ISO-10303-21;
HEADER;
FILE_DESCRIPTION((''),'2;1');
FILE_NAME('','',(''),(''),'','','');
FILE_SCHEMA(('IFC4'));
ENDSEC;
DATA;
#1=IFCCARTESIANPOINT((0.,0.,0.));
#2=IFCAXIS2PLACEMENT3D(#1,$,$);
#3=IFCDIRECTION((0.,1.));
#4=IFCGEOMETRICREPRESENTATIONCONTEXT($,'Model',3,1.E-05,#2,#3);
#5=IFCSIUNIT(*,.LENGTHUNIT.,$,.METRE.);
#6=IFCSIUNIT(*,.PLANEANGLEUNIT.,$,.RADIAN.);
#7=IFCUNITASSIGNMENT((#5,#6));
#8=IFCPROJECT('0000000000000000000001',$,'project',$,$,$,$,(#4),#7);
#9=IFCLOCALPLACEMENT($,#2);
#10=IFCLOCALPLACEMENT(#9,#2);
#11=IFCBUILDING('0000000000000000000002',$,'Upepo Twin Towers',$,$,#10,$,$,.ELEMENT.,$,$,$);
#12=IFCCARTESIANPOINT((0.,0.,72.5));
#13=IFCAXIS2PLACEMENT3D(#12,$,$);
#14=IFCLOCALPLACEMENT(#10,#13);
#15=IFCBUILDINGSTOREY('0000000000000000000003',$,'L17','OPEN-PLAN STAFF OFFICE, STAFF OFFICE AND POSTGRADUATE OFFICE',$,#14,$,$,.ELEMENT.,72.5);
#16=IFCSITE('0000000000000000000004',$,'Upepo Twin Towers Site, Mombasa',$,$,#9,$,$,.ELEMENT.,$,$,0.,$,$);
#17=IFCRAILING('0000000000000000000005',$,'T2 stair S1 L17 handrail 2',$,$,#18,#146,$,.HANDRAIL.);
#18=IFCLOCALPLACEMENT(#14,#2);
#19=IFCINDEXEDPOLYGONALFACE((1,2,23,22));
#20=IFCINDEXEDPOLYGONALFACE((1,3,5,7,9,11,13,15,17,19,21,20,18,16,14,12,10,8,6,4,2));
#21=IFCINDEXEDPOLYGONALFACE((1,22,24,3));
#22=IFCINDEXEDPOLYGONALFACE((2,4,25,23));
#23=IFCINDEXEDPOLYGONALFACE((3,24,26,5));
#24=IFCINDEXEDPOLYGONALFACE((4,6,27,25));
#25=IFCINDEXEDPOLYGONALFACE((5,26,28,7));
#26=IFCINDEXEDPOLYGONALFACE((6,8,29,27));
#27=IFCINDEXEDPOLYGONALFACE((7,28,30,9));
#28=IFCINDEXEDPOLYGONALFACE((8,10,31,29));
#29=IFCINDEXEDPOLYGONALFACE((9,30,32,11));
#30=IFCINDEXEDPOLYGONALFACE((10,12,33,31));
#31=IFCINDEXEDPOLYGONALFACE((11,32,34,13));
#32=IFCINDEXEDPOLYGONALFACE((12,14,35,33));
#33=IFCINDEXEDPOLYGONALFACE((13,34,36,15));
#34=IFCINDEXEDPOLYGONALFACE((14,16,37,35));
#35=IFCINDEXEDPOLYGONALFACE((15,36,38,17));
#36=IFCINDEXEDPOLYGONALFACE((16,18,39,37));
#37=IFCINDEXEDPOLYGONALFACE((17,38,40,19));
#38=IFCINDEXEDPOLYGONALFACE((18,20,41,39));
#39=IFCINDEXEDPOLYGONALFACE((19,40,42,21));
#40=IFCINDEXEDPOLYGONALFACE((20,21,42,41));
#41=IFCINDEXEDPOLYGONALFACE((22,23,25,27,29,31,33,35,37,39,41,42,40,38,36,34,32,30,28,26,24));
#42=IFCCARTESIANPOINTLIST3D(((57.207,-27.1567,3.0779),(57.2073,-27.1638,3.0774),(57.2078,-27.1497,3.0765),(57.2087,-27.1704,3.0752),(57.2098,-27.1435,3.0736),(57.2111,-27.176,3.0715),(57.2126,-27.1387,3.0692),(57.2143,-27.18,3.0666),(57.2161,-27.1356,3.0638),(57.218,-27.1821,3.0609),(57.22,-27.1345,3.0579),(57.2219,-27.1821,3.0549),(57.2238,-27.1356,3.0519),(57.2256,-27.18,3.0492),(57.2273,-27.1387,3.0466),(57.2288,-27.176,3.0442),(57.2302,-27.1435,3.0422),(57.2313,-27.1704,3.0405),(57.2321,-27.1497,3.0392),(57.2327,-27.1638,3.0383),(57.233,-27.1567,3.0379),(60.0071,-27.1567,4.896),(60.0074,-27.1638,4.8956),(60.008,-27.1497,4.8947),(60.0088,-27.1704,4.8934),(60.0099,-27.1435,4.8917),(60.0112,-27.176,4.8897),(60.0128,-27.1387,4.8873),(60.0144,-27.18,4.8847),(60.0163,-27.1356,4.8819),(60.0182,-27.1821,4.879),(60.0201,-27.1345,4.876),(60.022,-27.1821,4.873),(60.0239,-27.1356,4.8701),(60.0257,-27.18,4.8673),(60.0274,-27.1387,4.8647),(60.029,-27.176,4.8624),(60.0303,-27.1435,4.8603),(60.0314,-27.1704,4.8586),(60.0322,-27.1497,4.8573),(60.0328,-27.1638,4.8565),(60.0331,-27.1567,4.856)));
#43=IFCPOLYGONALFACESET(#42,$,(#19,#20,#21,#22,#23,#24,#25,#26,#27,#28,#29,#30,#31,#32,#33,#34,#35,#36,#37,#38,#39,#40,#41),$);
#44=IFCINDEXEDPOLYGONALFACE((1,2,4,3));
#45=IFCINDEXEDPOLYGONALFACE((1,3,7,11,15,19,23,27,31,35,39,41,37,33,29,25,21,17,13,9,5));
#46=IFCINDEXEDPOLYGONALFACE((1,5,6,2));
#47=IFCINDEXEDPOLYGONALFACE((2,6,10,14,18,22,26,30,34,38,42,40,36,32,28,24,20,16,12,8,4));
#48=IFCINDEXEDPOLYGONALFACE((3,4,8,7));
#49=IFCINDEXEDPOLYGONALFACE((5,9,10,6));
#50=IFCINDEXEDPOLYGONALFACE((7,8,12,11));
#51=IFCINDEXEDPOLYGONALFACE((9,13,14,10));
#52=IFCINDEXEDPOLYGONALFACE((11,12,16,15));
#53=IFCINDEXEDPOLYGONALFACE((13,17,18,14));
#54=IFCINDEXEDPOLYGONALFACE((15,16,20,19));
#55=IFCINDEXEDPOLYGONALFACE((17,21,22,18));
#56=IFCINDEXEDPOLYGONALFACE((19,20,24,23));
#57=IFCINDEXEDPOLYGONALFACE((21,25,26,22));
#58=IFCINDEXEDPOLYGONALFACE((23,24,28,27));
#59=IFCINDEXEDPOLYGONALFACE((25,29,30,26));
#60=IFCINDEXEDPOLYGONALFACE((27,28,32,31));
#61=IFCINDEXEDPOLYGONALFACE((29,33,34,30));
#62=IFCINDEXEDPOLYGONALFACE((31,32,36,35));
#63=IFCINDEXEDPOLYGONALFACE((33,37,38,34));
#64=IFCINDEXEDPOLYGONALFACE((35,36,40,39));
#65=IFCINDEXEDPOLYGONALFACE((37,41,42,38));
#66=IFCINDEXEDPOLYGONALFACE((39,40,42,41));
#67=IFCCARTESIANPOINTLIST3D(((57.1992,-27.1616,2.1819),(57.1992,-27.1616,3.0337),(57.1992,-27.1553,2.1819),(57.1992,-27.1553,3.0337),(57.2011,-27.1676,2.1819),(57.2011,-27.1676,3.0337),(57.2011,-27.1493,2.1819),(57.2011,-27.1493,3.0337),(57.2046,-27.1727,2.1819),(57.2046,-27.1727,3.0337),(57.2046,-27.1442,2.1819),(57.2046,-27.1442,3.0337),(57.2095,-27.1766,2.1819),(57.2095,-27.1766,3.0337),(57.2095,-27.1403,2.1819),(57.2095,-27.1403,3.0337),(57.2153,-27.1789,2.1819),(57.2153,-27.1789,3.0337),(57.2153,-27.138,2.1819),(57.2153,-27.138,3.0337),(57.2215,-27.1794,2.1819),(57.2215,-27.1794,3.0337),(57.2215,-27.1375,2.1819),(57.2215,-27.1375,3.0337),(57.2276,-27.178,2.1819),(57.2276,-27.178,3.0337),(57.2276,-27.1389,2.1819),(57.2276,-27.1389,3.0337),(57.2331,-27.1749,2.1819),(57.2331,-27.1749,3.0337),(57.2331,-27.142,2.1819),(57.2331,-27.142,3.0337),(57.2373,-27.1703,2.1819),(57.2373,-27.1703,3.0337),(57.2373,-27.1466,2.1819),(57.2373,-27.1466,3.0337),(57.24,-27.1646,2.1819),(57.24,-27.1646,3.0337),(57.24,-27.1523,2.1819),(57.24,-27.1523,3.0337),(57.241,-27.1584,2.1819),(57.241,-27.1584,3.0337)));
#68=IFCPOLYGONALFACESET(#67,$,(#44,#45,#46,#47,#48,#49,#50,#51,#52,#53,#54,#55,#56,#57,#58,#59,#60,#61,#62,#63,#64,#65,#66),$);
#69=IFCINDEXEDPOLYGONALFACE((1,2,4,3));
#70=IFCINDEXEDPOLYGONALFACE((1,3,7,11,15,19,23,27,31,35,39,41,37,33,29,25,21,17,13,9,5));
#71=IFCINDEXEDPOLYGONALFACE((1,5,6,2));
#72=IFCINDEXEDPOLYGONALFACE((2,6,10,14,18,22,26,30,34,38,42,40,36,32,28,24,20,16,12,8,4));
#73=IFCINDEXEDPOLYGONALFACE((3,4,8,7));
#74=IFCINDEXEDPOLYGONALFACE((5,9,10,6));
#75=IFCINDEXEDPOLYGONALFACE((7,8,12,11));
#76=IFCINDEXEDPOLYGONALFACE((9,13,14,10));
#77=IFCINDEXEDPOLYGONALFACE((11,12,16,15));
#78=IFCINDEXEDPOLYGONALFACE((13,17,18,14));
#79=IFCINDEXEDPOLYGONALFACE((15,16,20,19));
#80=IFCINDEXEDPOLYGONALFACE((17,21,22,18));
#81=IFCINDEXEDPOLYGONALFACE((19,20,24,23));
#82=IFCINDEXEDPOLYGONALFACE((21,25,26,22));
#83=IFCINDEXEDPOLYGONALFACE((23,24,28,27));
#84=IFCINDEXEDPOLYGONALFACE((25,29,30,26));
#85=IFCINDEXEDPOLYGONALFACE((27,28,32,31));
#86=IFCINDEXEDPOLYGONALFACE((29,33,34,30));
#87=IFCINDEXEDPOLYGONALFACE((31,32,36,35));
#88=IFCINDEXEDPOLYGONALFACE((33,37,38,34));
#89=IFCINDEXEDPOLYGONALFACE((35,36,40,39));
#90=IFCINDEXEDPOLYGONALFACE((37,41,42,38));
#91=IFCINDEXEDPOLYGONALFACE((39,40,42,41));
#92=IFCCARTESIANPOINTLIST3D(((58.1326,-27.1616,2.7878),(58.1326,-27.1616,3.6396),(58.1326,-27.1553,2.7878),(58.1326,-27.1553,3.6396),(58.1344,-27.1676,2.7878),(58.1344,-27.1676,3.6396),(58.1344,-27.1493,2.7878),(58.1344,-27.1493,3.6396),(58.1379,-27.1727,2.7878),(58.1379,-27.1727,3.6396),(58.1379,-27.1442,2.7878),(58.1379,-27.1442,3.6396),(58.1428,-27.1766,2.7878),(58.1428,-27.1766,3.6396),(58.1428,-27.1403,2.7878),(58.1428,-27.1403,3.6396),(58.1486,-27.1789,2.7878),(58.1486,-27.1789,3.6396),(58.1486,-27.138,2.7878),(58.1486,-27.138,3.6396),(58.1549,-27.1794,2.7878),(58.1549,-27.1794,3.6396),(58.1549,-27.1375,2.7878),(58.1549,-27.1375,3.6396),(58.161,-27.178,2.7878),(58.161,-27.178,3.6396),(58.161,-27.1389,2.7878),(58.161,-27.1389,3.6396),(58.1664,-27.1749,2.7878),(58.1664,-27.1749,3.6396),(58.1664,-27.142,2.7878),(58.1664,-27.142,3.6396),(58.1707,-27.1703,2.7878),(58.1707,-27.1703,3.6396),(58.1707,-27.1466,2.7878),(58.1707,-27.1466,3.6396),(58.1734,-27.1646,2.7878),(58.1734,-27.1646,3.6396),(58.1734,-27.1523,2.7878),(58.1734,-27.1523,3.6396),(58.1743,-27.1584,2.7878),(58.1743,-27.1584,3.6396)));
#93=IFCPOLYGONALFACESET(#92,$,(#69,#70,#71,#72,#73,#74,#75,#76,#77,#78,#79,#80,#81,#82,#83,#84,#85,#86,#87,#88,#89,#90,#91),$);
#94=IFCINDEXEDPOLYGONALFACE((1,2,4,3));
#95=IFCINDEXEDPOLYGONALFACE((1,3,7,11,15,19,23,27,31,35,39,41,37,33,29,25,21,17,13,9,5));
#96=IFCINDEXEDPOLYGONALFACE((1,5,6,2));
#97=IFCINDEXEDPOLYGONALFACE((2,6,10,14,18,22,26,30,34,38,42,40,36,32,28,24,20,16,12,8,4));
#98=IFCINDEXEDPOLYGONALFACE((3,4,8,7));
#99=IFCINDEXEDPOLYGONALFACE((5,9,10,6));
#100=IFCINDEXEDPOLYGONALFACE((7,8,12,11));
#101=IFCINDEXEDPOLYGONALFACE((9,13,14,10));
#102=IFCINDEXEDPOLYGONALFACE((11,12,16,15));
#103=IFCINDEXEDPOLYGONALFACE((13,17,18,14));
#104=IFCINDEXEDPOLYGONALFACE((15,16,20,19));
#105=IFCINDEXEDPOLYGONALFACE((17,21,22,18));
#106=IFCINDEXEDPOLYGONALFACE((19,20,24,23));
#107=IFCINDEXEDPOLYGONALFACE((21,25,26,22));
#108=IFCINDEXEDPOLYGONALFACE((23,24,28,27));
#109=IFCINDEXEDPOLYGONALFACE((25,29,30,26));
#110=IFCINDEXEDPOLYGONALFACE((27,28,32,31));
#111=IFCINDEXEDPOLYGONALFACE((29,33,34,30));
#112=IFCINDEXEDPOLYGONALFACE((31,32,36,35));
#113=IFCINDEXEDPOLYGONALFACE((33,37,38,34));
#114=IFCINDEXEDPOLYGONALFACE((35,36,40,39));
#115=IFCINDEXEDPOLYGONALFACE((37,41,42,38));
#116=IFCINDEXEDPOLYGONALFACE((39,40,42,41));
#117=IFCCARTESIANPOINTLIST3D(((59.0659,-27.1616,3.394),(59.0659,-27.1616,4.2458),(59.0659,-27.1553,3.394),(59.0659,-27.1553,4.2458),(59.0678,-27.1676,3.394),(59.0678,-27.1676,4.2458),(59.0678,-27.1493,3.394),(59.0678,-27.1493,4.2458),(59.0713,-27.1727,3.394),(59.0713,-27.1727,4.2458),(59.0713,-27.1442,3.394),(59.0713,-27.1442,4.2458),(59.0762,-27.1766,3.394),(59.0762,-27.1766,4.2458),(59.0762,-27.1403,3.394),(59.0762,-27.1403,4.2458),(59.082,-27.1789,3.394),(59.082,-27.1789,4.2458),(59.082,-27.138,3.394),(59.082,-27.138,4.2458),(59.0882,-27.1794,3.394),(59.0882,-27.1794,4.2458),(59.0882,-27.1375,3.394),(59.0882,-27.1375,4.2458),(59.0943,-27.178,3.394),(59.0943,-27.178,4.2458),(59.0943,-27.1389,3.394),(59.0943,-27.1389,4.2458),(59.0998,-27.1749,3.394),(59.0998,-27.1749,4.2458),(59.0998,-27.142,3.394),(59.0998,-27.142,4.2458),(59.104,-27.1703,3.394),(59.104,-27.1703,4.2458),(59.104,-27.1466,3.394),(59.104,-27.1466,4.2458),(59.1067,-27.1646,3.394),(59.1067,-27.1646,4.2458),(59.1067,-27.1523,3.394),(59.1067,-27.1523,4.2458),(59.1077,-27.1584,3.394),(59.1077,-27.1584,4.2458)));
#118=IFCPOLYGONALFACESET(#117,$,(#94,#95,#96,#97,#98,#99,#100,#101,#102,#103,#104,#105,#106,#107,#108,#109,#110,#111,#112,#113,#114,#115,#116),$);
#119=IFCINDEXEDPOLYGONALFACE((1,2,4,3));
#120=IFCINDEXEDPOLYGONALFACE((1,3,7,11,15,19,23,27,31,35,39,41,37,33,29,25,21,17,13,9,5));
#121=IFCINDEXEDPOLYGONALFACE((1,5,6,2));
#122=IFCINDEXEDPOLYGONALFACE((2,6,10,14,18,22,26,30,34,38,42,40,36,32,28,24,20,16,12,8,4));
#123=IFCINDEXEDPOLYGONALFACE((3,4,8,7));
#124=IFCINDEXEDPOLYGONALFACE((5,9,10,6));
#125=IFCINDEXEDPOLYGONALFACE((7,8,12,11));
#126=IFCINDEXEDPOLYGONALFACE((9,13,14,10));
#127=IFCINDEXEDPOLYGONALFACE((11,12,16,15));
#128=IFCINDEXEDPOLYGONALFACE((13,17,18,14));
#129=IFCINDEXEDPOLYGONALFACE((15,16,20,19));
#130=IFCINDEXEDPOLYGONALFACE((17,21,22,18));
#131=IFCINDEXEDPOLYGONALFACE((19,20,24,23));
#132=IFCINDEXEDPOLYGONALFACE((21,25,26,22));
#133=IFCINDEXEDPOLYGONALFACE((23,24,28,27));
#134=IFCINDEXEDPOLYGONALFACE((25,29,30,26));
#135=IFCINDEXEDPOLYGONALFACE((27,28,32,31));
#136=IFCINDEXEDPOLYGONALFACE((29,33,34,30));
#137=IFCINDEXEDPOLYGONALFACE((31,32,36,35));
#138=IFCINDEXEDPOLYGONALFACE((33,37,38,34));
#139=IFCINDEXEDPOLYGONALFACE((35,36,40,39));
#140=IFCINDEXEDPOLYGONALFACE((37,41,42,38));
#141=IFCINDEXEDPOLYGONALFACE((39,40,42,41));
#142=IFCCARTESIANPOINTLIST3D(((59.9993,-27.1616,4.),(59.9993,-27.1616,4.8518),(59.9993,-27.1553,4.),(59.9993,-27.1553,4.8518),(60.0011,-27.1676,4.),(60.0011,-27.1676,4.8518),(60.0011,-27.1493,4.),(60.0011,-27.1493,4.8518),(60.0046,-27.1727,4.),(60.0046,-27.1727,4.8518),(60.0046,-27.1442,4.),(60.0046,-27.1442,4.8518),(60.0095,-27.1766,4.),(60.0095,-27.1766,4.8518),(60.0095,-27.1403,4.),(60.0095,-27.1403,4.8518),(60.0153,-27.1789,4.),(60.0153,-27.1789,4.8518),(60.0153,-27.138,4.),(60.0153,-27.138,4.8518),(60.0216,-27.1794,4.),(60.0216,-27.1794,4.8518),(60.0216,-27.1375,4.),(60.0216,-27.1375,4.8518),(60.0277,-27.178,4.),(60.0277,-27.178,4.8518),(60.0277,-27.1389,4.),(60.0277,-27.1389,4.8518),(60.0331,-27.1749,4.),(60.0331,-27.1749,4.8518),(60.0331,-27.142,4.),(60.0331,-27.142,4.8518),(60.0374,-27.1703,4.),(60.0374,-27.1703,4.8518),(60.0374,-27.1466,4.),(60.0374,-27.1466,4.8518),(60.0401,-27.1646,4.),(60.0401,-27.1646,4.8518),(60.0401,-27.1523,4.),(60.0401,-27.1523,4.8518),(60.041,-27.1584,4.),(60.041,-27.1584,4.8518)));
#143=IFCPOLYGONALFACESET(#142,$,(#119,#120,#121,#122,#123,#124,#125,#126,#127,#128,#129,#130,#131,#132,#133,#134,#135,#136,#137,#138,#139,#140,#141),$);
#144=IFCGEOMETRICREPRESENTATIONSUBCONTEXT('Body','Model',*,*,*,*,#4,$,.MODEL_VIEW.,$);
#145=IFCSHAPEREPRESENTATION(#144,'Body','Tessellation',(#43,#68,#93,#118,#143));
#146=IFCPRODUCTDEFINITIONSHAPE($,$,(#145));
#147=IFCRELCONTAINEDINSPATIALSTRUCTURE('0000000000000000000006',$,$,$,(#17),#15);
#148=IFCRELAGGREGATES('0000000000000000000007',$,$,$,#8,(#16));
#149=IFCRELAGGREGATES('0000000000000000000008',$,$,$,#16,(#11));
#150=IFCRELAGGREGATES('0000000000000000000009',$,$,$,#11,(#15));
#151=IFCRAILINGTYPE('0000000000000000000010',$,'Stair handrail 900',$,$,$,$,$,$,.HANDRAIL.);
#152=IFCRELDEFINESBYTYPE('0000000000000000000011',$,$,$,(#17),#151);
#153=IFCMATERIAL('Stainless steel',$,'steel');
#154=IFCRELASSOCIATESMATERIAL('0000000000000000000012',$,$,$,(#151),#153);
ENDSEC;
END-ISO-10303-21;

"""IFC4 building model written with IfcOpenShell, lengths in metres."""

from ifc_helpers import new_model, si_unit, direction, frame, origin, origin_2d, place, context, subcontext, project, spatial, circle, extrude, material, type_object, element, save


model = new_model("IFC4")

# Units and contexts
model_context = context("Model", 3, precision=1e-05, world=origin(), true_north=direction((0.0, 1.0)))
body_context = subcontext(model_context, "Body", "Model", "MODEL_VIEW")
ifc_project = project(units=[si_unit("LENGTHUNIT", "METRE"), si_unit("PLANEANGLEUNIT", "RADIAN")], contexts=[model_context])

# Site, building, storey
site_placement = place(None, origin())
site = spatial("IfcSite", under=ifc_project, at=site_placement, Name="Upepo Twin Towers Site, Mombasa", CompositionType="ELEMENT", RefElevation=0.0)
building_placement = place(site_placement, origin())
building = spatial("IfcBuilding", under=site, at=building_placement, Name="Upepo Twin Towers", CompositionType="ELEMENT")
storey_placement = place(building_placement, frame((0.0, 0.0, 72.5)))
storey = spatial("IfcBuildingStorey", under=building, at=storey_placement, Name="L17", Description="OPEN-PLAN STAFF OFFICE, STAFF OFFICE AND POSTGRADUATE OFFICE", CompositionType="ELEMENT", Elevation=72.5)

# Railing
ifc_material_1 = material(Name="Stainless steel", Category="steel")
railing_type = type_object("IfcRailingType", Name="Stair handrail 900", PredefinedType="HANDRAIL", material=ifc_material_1)
railing_placement = place(storey_placement, frame((57.22, -27.1584, 2.1819)))
element("IfcRailing", 1, at=railing_placement, inside=storey, type_object=railing_type, Name="T2 stair S1 L17 handrail 2", PredefinedType="HANDRAIL", context=body_context, shape_type="SweptSolid", body=[
    extrude(circle(Radius=0.0239, at=origin_2d()), frame((0.0, 0.0, 0.876), z_axis=(0.838706, 0.0, 0.544585), x_axis=(0.0, 1.0, 0.0)), (0.0, 0.0, 1.0), 3.3386),
    extrude(circle(Radius=0.021, at=origin_2d()), origin(), (0.0, 0.0, 1.0), 0.8518),
    extrude(circle(Radius=0.021, at=origin_2d()), frame((0.9333, 0.0, 0.606)), (0.0, 0.0, 1.0), 0.8518),
    extrude(circle(Radius=0.021, at=origin_2d()), frame((1.8667, 0.0, 1.2122)), (0.0, 0.0, 1.0), 0.8518),
    extrude(circle(Radius=0.021, at=origin_2d()), frame((2.8, 0.0, 1.8181)), (0.0, 0.0, 1.0), 0.8518),
])

save(model, "model.ifc")
